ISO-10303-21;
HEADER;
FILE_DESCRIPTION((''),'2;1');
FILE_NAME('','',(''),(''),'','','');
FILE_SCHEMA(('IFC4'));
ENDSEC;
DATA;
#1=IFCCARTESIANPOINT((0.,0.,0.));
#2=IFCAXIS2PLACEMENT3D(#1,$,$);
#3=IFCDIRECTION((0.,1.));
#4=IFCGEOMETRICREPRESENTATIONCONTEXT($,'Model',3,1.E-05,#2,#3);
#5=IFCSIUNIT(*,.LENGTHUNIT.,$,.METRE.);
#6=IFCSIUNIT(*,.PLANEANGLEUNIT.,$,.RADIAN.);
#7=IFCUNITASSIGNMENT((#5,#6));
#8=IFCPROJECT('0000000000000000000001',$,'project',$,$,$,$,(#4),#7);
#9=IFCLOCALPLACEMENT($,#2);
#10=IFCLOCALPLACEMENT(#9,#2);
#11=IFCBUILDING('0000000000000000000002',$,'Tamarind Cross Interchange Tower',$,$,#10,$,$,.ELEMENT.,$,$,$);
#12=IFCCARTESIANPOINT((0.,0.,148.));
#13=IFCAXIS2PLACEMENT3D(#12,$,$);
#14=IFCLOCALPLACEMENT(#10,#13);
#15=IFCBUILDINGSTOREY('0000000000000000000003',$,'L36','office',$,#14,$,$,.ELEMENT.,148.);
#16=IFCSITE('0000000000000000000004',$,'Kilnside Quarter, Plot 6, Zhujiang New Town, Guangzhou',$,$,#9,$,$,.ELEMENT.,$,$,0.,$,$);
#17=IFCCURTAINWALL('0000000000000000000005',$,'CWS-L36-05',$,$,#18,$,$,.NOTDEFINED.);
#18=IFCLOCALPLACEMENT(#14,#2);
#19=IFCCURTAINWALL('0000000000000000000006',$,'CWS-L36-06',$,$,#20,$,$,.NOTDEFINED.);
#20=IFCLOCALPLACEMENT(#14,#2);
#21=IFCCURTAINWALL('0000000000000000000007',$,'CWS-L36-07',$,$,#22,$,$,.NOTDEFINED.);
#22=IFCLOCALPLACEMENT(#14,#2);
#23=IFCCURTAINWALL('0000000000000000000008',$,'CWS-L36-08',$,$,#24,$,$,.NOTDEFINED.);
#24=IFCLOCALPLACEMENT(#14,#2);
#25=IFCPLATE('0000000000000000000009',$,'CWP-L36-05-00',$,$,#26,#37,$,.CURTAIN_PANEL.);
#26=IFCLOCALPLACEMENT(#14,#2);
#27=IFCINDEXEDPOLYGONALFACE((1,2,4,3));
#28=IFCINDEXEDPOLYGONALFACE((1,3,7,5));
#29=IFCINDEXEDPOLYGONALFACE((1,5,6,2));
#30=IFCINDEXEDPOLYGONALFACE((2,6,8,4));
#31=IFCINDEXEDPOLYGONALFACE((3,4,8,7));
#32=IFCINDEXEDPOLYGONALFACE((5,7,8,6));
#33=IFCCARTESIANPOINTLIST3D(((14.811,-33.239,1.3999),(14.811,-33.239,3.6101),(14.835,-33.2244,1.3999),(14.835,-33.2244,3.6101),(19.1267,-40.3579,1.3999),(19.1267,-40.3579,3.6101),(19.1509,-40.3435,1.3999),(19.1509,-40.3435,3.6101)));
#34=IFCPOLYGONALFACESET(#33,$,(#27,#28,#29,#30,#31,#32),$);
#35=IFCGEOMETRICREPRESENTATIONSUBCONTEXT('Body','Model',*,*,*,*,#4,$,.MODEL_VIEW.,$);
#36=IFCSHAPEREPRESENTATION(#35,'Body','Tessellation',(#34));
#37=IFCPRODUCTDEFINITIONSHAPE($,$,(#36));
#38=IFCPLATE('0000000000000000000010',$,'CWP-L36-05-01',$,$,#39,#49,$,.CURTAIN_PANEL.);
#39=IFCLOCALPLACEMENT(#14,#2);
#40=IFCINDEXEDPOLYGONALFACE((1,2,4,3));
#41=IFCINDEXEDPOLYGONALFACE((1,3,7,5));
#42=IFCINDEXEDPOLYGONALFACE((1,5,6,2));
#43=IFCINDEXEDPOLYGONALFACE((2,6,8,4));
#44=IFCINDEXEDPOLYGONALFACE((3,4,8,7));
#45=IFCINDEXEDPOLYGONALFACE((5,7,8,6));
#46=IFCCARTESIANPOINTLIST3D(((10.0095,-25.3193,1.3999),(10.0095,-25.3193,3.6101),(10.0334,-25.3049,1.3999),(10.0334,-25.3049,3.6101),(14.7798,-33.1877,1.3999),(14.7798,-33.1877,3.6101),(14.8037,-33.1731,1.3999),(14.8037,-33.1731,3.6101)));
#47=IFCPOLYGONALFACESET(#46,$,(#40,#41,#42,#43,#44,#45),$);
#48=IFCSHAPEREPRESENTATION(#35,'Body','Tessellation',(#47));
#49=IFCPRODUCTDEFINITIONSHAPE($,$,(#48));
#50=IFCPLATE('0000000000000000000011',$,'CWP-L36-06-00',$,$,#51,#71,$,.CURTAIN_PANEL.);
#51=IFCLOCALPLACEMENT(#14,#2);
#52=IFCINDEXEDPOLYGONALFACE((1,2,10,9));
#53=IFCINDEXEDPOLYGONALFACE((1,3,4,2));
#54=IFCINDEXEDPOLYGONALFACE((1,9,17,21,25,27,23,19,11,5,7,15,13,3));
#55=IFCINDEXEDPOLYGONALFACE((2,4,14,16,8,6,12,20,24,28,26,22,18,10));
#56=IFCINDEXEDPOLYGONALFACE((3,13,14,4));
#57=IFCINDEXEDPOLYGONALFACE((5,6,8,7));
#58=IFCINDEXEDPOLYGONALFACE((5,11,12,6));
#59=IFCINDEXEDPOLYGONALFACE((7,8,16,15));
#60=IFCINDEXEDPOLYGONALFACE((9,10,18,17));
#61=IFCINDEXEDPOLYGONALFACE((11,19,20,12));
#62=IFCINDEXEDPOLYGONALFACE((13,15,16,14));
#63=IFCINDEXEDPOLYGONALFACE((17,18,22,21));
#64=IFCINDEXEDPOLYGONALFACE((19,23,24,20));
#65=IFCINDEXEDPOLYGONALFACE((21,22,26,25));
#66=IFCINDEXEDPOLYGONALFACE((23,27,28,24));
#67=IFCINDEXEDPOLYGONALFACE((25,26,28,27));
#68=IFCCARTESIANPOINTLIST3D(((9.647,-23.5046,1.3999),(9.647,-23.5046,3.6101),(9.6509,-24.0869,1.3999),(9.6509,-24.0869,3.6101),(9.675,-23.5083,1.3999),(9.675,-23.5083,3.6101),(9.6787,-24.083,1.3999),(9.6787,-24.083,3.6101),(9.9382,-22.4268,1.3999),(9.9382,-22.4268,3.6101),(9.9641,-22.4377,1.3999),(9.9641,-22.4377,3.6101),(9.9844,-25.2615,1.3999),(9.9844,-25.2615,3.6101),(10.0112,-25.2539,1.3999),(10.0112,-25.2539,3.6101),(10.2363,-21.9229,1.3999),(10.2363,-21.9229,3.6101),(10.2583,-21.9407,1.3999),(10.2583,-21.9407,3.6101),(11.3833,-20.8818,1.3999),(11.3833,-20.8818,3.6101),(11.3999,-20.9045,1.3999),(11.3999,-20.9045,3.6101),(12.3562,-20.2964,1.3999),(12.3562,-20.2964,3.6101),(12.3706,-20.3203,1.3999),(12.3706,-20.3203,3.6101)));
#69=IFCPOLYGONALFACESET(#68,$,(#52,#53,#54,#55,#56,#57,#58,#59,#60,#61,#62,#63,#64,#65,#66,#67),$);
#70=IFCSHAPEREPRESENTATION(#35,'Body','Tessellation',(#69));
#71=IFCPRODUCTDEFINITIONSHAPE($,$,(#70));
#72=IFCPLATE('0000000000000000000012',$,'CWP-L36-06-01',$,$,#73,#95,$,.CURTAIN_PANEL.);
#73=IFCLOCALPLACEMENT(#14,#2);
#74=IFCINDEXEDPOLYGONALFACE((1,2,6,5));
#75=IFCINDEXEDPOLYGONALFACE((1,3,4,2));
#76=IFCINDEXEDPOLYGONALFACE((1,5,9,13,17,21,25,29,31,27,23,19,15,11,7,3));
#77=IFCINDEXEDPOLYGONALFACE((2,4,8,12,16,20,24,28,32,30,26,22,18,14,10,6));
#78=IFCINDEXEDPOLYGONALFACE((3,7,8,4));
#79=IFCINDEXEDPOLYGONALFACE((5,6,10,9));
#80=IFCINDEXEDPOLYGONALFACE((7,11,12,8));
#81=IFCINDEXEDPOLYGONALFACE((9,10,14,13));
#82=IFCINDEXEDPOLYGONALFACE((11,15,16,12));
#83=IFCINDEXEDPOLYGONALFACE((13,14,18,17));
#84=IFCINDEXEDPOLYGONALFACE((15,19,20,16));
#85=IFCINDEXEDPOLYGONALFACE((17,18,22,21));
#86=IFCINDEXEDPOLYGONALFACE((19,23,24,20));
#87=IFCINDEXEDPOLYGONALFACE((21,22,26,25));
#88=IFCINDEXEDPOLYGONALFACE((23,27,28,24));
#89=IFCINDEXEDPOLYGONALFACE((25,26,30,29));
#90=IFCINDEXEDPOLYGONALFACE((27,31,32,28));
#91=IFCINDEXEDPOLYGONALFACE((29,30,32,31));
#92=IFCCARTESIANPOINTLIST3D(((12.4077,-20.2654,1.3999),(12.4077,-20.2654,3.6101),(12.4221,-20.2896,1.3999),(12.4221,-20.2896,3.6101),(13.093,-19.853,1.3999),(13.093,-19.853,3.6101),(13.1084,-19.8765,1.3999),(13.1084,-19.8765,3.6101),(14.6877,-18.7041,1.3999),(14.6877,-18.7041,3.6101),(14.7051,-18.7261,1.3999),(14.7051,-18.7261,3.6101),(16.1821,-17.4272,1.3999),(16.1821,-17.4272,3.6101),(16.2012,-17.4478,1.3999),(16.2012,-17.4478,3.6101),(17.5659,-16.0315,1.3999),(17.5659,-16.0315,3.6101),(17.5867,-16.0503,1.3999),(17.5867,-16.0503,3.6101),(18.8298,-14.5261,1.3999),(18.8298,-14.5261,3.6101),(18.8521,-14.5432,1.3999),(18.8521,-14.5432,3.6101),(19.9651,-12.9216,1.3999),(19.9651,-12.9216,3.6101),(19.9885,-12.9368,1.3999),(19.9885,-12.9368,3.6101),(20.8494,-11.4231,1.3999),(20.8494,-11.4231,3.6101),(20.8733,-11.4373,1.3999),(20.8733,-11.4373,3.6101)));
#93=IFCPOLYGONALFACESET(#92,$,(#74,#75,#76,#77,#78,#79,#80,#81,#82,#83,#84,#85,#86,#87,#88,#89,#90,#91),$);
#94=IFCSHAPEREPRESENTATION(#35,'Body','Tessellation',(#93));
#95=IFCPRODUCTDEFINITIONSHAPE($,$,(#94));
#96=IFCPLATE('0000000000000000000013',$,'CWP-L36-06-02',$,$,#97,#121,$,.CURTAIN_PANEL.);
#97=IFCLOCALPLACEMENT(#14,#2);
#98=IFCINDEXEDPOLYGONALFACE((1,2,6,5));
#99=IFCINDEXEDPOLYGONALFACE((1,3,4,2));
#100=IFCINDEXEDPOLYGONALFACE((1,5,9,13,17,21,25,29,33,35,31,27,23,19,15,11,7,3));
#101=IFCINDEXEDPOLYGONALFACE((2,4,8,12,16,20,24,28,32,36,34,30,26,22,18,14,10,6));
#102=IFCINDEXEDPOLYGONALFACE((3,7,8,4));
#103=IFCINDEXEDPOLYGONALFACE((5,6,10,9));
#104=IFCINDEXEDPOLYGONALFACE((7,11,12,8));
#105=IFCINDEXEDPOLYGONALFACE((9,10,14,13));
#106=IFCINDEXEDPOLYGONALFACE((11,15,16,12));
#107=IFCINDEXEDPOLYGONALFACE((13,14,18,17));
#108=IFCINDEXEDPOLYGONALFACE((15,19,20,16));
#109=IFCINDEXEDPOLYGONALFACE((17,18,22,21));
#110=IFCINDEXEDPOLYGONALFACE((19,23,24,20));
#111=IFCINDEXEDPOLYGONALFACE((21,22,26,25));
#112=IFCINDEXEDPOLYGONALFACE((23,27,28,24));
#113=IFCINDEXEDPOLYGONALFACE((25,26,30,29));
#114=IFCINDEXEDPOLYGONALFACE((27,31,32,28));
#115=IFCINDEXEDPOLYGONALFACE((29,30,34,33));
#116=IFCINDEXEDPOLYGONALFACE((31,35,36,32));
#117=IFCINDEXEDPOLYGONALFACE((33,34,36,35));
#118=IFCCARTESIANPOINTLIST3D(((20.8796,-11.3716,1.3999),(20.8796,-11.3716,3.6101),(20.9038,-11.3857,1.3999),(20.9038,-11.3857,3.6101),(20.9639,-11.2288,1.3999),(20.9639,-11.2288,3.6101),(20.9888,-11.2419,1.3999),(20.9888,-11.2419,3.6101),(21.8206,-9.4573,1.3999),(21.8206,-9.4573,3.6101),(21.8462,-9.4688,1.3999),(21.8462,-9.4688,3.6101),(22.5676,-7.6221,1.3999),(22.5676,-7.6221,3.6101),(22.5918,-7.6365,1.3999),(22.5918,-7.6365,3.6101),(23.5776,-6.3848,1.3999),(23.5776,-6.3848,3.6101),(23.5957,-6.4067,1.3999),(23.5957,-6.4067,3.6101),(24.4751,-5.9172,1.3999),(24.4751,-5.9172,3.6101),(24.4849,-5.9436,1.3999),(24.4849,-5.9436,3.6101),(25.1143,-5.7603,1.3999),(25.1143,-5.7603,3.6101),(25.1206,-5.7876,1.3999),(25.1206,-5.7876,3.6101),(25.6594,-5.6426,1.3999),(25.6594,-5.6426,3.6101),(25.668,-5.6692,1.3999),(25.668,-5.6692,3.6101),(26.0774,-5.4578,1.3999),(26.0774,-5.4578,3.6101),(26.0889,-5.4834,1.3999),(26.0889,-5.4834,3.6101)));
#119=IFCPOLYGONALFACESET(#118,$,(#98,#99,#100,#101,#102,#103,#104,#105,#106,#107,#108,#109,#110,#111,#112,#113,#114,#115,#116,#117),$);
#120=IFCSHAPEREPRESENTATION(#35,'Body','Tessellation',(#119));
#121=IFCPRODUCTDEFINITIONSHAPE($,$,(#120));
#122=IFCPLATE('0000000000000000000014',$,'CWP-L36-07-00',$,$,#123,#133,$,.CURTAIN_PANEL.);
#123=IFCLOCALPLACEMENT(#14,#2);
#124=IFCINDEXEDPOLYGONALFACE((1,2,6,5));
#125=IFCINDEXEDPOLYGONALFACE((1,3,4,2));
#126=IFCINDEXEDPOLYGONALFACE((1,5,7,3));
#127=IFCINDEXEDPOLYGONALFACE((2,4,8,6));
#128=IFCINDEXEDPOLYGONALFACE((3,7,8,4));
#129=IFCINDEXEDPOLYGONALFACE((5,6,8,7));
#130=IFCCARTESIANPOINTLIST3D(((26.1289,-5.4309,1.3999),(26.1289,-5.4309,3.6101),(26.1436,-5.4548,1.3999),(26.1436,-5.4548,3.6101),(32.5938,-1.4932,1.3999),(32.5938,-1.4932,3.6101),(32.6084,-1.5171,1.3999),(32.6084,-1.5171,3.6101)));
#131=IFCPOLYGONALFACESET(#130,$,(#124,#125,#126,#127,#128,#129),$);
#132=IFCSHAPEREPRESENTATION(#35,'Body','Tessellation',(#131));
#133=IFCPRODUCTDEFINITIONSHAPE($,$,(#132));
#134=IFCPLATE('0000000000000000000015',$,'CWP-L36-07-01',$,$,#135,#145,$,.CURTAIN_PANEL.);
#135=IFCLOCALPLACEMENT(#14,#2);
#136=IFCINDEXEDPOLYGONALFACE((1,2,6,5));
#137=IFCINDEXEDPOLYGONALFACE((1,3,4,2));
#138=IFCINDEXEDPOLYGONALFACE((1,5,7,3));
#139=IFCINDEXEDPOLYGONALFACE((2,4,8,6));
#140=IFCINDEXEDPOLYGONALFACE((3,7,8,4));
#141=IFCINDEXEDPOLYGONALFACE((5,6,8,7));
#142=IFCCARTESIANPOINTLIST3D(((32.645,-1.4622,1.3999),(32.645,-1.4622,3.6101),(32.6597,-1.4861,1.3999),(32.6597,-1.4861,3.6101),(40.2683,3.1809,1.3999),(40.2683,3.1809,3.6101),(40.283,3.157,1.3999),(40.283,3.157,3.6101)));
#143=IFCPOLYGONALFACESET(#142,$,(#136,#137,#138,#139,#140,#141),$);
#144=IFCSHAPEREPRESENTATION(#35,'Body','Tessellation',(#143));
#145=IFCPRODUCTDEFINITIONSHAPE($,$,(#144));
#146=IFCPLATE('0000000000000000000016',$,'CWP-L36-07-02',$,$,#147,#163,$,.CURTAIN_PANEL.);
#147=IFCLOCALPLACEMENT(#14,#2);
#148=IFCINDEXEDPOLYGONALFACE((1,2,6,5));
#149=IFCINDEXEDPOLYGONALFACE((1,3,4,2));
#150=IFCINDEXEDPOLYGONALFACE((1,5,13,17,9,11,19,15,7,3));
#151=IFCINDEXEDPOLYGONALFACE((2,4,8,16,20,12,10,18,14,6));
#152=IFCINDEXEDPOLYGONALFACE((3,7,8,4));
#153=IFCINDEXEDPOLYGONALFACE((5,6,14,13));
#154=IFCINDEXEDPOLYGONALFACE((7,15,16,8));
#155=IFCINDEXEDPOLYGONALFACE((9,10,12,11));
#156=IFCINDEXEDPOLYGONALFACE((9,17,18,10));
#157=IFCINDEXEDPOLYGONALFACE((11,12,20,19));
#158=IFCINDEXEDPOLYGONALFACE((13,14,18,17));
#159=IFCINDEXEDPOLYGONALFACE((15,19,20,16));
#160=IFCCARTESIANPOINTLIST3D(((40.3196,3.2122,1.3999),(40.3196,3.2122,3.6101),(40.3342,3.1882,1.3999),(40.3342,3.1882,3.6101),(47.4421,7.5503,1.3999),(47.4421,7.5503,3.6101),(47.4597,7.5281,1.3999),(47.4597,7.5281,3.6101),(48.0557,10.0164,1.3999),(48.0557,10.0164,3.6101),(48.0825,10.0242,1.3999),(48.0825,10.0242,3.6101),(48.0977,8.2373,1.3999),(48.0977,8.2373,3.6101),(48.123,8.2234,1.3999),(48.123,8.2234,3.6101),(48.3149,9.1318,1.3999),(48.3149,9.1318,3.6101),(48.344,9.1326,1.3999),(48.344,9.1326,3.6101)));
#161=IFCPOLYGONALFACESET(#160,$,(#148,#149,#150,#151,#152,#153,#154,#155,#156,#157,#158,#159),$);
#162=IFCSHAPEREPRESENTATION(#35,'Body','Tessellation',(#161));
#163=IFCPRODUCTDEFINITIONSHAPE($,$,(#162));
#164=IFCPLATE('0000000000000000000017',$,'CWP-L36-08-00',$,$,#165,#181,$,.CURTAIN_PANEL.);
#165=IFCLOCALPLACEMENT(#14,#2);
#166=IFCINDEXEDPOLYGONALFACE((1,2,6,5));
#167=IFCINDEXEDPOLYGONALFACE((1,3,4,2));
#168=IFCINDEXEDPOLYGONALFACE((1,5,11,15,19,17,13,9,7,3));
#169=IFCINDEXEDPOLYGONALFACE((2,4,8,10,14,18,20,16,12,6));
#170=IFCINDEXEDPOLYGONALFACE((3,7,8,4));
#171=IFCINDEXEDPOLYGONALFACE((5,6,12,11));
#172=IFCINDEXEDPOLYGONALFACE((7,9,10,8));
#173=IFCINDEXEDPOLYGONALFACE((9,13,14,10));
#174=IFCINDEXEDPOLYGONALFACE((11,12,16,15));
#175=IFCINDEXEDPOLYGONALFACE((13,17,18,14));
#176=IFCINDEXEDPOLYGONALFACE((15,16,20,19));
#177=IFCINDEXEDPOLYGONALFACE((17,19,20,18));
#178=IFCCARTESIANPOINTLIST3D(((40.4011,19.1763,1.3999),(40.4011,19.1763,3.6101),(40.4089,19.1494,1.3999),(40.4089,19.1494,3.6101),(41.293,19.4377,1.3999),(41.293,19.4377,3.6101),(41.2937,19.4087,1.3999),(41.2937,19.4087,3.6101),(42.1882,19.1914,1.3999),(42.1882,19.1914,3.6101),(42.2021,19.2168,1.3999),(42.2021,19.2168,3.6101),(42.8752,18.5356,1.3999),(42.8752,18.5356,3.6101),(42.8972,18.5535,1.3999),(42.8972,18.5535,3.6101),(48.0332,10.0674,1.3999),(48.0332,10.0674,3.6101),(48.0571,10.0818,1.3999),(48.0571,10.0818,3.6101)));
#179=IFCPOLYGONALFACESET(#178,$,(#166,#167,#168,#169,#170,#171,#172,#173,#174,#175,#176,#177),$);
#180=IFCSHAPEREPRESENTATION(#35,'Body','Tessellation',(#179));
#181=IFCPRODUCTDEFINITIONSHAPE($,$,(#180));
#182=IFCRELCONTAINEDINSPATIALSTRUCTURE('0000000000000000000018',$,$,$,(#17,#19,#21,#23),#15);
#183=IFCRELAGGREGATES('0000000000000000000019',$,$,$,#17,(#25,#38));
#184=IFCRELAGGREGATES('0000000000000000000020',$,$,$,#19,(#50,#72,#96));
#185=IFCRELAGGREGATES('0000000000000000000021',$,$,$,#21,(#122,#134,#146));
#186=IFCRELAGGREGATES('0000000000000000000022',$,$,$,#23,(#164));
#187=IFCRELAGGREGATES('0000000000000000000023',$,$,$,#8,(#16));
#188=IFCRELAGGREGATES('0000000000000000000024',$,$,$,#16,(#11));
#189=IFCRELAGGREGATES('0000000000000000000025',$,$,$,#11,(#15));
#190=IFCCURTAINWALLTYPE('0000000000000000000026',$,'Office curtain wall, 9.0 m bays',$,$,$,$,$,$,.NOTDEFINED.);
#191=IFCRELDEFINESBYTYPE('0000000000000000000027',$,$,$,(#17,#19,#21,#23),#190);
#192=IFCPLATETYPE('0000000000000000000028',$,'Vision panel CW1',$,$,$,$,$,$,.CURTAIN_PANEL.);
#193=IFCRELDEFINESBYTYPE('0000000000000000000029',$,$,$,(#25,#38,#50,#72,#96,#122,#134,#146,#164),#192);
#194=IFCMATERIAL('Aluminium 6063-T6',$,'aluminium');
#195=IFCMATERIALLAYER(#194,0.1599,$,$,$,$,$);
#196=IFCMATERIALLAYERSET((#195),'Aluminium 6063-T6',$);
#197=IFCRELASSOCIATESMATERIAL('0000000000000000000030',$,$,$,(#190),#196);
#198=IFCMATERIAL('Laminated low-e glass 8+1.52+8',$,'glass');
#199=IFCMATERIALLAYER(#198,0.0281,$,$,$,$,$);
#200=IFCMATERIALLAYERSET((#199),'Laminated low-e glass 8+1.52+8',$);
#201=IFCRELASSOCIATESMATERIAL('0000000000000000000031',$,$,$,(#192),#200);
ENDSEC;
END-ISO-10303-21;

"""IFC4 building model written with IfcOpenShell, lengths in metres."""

from ifc_helpers import new_model, si_unit, direction, frame, origin, place, context, subcontext, project, spatial, polyline, outline, extrude, material, layer, layer_set, type_object, element, aggregate, save


model = new_model("IFC4")

# Units and contexts
model_context = context("Model", 3, precision=1e-05, world=origin(), true_north=direction((0.0, 1.0)))
body_context = subcontext(model_context, "Body", "Model", "MODEL_VIEW")
ifc_project = project(units=[si_unit("LENGTHUNIT", "METRE"), si_unit("PLANEANGLEUNIT", "RADIAN")], contexts=[model_context])

# Site, building, storey
site_placement = place(None, origin())
site = spatial("IfcSite", under=ifc_project, at=site_placement, Name="Kilnside Quarter, Plot 6, Zhujiang New Town, Guangzhou", CompositionType="ELEMENT", RefElevation=0.0)
building_placement = place(site_placement, origin())
building = spatial("IfcBuilding", under=site, at=building_placement, Name="Tamarind Cross Interchange Tower", CompositionType="ELEMENT")
storey_placement = place(building_placement, frame((0.0, 0.0, 148.0)))
storey = spatial("IfcBuildingStorey", under=building, at=storey_placement, Name="L36", Description="office", CompositionType="ELEMENT", Elevation=148.0)

# Curtain walls
ifc_material_1 = material(Name="Aluminium 6063-T6", Category="aluminium")
ifc_layer_1 = layer(ifc_material_1, 0.1599)
ifc_layer_set_1 = layer_set([ifc_layer_1], Name="Aluminium 6063-T6")
curtain_wall_type = type_object("IfcCurtainWallType", Name="Office curtain wall, 9.0 m bays", PredefinedType="NOTDEFINED", material=ifc_layer_set_1)
curtain_wall_1_placement = place(storey_placement, origin())
curtain_wall_1 = element("IfcCurtainWall", 1, at=curtain_wall_1_placement, inside=storey, type_object=curtain_wall_type, Name="CWS-L36-05", PredefinedType="NOTDEFINED")
curtain_wall_2_placement = place(storey_placement, origin())
curtain_wall_2 = element("IfcCurtainWall", 2, at=curtain_wall_2_placement, inside=storey, type_object=curtain_wall_type, Name="CWS-L36-06", PredefinedType="NOTDEFINED")
curtain_wall_3_placement = place(storey_placement, origin())
curtain_wall_3 = element("IfcCurtainWall", 3, at=curtain_wall_3_placement, inside=storey, type_object=curtain_wall_type, Name="CWS-L36-07", PredefinedType="NOTDEFINED")
curtain_wall_4_placement = place(storey_placement, origin())
curtain_wall_4 = element("IfcCurtainWall", 4, at=curtain_wall_4_placement, inside=storey, type_object=curtain_wall_type, Name="CWS-L36-08", PredefinedType="NOTDEFINED")

# Plates
ifc_material_2 = material(Name="Laminated low-e glass 8+1.52+8", Category="glass")
ifc_layer_2 = layer(ifc_material_2, 0.0281)
ifc_layer_set_2 = layer_set([ifc_layer_2], Name="Laminated low-e glass 8+1.52+8")
plate_type = type_object("IfcPlateType", Name="Vision panel CW1", PredefinedType="CURTAIN_PANEL", material=ifc_layer_set_2)
plate_1_placement = place(storey_placement, frame((0.0, 0.0, 1.3999)))
plate_1 = element("IfcPlate", 5, at=plate_1_placement, type_object=plate_type, Name="CWP-L36-05-00", PredefinedType="CURTAIN_PANEL", context=body_context, shape_type="SweptSolid", body=[
    extrude(outline(polyline([(19.1267, -40.3579), (14.811, -33.239), (14.835, -33.2244), (19.1509, -40.3435), (19.1267, -40.3579)])), origin(), (0.0, 0.0, 1.0), 2.2102),
])
plate_2_placement = place(storey_placement, frame((0.0, 0.0, 1.3999)))
plate_2 = element("IfcPlate", 6, at=plate_2_placement, type_object=plate_type, Name="CWP-L36-05-01", PredefinedType="CURTAIN_PANEL", context=body_context, shape_type="SweptSolid", body=[
    extrude(outline(polyline([(14.7798, -33.1877), (10.0095, -25.3193), (10.0334, -25.3049), (14.8037, -33.1731), (14.7798, -33.1877)])), origin(), (0.0, 0.0, 1.0), 2.2102),
])
aggregate(curtain_wall_1, [plate_1, plate_2])
plate_3_placement = place(storey_placement, frame((0.0, 0.0, 1.3999)))
plate_3 = element("IfcPlate", 7, at=plate_3_placement, type_object=plate_type, Name="CWP-L36-06-00", PredefinedType="CURTAIN_PANEL", context=body_context, shape_type="SweptSolid", body=[
    extrude(outline(polyline([(9.9844, -25.2615), (9.6509, -24.0869), (9.647, -23.5046), (9.9382, -22.4268), (10.2363, -21.9229), (11.3833, -20.8818), (12.3562, -20.2964), (12.3706, -20.3203), (11.3999, -20.9045), (10.2583, -21.9407), (9.9641, -22.4377), (9.675, -23.5083), (9.6787, -24.083), (10.0112, -25.2539), (9.9844, -25.2615)])), origin(), (0.0, 0.0, 1.0), 2.2102),
])
plate_4_placement = place(storey_placement, frame((0.0, 0.0, 1.3999)))
plate_4 = element("IfcPlate", 8, at=plate_4_placement, type_object=plate_type, Name="CWP-L36-06-01", PredefinedType="CURTAIN_PANEL", context=body_context, shape_type="SweptSolid", body=[
    extrude(outline(polyline([(12.4077, -20.2654), (13.093, -19.853), (14.6877, -18.7041), (16.1821, -17.4272), (17.5659, -16.0315), (18.8298, -14.5261), (19.9651, -12.9216), (20.8494, -11.4231), (20.8733, -11.4373), (19.9885, -12.9368), (18.8521, -14.5432), (17.5867, -16.0503), (16.2012, -17.4478), (14.7051, -18.7261), (13.1084, -19.8765), (12.4221, -20.2896), (12.4077, -20.2654)])), origin(), (0.0, 0.0, 1.0), 2.2102),
])
plate_5_placement = place(storey_placement, frame((0.0, 0.0, 1.3999)))
plate_5 = element("IfcPlate", 9, at=plate_5_placement, type_object=plate_type, Name="CWP-L36-06-02", PredefinedType="CURTAIN_PANEL", context=body_context, shape_type="SweptSolid", body=[
    extrude(outline(polyline([(20.8796, -11.3716), (20.9639, -11.2288), (21.8206, -9.4573), (22.5676, -7.6221), (23.5776, -6.3848), (24.4751, -5.9172), (25.1143, -5.7603), (25.6594, -5.6426), (26.0774, -5.4578), (26.0889, -5.4834), (25.668, -5.6692), (25.1206, -5.7876), (24.4849, -5.9436), (23.5957, -6.4067), (22.5918, -7.6365), (21.8462, -9.4688), (20.9888, -11.2419), (20.9038, -11.3857), (20.8796, -11.3716)])), origin(), (0.0, 0.0, 1.0), 2.2102),
])
aggregate(curtain_wall_2, [plate_3, plate_4, plate_5])
plate_6_placement = place(storey_placement, frame((0.0, 0.0, 1.3999)))
plate_6 = element("IfcPlate", 10, at=plate_6_placement, type_object=plate_type, Name="CWP-L36-07-00", PredefinedType="CURTAIN_PANEL", context=body_context, shape_type="SweptSolid", body=[
    extrude(outline(polyline([(26.1289, -5.4309), (32.5938, -1.4932), (32.6084, -1.5171), (26.1436, -5.4548), (26.1289, -5.4309)])), origin(), (0.0, 0.0, 1.0), 2.2102),
])
plate_7_placement = place(storey_placement, frame((0.0, 0.0, 1.3999)))
plate_7 = element("IfcPlate", 11, at=plate_7_placement, type_object=plate_type, Name="CWP-L36-07-01", PredefinedType="CURTAIN_PANEL", context=body_context, shape_type="SweptSolid", body=[
    extrude(outline(polyline([(32.645, -1.4622), (40.2683, 3.1809), (40.283, 3.157), (32.6597, -1.4861), (32.645, -1.4622)])), origin(), (0.0, 0.0, 1.0), 2.2102),
])
plate_8_placement = place(storey_placement, frame((0.0, 0.0, 1.3999)))
plate_8 = element("IfcPlate", 12, at=plate_8_placement, type_object=plate_type, Name="CWP-L36-07-02", PredefinedType="CURTAIN_PANEL", context=body_context, shape_type="SweptSolid", body=[
    extrude(outline(polyline([(40.3196, 3.2122), (47.4421, 7.5503), (48.0977, 8.2373), (48.3149, 9.1318), (48.0557, 10.0164), (48.0825, 10.0242), (48.344, 9.1326), (48.123, 8.2234), (47.4597, 7.5281), (40.3342, 3.1882), (40.3196, 3.2122)])), origin(), (0.0, 0.0, 1.0), 2.2102),
])
aggregate(curtain_wall_3, [plate_6, plate_7, plate_8])
plate_9_placement = place(storey_placement, frame((0.0, 0.0, 1.3999)))
plate_9 = element("IfcPlate", 13, at=plate_9_placement, type_object=plate_type, Name="CWP-L36-08-00", PredefinedType="CURTAIN_PANEL", context=body_context, shape_type="SweptSolid", body=[
    extrude(outline(polyline([(48.0332, 10.0674), (42.8752, 18.5356), (42.1882, 19.1914), (41.2937, 19.4087), (40.4089, 19.1494), (40.4011, 19.1763), (41.293, 19.4377), (42.2021, 19.2168), (42.8972, 18.5535), (48.0571, 10.0818), (48.0332, 10.0674)])), origin(), (0.0, 0.0, 1.0), 2.2102),
])
aggregate(curtain_wall_4, [plate_9])

save(model, "model.ifc")
